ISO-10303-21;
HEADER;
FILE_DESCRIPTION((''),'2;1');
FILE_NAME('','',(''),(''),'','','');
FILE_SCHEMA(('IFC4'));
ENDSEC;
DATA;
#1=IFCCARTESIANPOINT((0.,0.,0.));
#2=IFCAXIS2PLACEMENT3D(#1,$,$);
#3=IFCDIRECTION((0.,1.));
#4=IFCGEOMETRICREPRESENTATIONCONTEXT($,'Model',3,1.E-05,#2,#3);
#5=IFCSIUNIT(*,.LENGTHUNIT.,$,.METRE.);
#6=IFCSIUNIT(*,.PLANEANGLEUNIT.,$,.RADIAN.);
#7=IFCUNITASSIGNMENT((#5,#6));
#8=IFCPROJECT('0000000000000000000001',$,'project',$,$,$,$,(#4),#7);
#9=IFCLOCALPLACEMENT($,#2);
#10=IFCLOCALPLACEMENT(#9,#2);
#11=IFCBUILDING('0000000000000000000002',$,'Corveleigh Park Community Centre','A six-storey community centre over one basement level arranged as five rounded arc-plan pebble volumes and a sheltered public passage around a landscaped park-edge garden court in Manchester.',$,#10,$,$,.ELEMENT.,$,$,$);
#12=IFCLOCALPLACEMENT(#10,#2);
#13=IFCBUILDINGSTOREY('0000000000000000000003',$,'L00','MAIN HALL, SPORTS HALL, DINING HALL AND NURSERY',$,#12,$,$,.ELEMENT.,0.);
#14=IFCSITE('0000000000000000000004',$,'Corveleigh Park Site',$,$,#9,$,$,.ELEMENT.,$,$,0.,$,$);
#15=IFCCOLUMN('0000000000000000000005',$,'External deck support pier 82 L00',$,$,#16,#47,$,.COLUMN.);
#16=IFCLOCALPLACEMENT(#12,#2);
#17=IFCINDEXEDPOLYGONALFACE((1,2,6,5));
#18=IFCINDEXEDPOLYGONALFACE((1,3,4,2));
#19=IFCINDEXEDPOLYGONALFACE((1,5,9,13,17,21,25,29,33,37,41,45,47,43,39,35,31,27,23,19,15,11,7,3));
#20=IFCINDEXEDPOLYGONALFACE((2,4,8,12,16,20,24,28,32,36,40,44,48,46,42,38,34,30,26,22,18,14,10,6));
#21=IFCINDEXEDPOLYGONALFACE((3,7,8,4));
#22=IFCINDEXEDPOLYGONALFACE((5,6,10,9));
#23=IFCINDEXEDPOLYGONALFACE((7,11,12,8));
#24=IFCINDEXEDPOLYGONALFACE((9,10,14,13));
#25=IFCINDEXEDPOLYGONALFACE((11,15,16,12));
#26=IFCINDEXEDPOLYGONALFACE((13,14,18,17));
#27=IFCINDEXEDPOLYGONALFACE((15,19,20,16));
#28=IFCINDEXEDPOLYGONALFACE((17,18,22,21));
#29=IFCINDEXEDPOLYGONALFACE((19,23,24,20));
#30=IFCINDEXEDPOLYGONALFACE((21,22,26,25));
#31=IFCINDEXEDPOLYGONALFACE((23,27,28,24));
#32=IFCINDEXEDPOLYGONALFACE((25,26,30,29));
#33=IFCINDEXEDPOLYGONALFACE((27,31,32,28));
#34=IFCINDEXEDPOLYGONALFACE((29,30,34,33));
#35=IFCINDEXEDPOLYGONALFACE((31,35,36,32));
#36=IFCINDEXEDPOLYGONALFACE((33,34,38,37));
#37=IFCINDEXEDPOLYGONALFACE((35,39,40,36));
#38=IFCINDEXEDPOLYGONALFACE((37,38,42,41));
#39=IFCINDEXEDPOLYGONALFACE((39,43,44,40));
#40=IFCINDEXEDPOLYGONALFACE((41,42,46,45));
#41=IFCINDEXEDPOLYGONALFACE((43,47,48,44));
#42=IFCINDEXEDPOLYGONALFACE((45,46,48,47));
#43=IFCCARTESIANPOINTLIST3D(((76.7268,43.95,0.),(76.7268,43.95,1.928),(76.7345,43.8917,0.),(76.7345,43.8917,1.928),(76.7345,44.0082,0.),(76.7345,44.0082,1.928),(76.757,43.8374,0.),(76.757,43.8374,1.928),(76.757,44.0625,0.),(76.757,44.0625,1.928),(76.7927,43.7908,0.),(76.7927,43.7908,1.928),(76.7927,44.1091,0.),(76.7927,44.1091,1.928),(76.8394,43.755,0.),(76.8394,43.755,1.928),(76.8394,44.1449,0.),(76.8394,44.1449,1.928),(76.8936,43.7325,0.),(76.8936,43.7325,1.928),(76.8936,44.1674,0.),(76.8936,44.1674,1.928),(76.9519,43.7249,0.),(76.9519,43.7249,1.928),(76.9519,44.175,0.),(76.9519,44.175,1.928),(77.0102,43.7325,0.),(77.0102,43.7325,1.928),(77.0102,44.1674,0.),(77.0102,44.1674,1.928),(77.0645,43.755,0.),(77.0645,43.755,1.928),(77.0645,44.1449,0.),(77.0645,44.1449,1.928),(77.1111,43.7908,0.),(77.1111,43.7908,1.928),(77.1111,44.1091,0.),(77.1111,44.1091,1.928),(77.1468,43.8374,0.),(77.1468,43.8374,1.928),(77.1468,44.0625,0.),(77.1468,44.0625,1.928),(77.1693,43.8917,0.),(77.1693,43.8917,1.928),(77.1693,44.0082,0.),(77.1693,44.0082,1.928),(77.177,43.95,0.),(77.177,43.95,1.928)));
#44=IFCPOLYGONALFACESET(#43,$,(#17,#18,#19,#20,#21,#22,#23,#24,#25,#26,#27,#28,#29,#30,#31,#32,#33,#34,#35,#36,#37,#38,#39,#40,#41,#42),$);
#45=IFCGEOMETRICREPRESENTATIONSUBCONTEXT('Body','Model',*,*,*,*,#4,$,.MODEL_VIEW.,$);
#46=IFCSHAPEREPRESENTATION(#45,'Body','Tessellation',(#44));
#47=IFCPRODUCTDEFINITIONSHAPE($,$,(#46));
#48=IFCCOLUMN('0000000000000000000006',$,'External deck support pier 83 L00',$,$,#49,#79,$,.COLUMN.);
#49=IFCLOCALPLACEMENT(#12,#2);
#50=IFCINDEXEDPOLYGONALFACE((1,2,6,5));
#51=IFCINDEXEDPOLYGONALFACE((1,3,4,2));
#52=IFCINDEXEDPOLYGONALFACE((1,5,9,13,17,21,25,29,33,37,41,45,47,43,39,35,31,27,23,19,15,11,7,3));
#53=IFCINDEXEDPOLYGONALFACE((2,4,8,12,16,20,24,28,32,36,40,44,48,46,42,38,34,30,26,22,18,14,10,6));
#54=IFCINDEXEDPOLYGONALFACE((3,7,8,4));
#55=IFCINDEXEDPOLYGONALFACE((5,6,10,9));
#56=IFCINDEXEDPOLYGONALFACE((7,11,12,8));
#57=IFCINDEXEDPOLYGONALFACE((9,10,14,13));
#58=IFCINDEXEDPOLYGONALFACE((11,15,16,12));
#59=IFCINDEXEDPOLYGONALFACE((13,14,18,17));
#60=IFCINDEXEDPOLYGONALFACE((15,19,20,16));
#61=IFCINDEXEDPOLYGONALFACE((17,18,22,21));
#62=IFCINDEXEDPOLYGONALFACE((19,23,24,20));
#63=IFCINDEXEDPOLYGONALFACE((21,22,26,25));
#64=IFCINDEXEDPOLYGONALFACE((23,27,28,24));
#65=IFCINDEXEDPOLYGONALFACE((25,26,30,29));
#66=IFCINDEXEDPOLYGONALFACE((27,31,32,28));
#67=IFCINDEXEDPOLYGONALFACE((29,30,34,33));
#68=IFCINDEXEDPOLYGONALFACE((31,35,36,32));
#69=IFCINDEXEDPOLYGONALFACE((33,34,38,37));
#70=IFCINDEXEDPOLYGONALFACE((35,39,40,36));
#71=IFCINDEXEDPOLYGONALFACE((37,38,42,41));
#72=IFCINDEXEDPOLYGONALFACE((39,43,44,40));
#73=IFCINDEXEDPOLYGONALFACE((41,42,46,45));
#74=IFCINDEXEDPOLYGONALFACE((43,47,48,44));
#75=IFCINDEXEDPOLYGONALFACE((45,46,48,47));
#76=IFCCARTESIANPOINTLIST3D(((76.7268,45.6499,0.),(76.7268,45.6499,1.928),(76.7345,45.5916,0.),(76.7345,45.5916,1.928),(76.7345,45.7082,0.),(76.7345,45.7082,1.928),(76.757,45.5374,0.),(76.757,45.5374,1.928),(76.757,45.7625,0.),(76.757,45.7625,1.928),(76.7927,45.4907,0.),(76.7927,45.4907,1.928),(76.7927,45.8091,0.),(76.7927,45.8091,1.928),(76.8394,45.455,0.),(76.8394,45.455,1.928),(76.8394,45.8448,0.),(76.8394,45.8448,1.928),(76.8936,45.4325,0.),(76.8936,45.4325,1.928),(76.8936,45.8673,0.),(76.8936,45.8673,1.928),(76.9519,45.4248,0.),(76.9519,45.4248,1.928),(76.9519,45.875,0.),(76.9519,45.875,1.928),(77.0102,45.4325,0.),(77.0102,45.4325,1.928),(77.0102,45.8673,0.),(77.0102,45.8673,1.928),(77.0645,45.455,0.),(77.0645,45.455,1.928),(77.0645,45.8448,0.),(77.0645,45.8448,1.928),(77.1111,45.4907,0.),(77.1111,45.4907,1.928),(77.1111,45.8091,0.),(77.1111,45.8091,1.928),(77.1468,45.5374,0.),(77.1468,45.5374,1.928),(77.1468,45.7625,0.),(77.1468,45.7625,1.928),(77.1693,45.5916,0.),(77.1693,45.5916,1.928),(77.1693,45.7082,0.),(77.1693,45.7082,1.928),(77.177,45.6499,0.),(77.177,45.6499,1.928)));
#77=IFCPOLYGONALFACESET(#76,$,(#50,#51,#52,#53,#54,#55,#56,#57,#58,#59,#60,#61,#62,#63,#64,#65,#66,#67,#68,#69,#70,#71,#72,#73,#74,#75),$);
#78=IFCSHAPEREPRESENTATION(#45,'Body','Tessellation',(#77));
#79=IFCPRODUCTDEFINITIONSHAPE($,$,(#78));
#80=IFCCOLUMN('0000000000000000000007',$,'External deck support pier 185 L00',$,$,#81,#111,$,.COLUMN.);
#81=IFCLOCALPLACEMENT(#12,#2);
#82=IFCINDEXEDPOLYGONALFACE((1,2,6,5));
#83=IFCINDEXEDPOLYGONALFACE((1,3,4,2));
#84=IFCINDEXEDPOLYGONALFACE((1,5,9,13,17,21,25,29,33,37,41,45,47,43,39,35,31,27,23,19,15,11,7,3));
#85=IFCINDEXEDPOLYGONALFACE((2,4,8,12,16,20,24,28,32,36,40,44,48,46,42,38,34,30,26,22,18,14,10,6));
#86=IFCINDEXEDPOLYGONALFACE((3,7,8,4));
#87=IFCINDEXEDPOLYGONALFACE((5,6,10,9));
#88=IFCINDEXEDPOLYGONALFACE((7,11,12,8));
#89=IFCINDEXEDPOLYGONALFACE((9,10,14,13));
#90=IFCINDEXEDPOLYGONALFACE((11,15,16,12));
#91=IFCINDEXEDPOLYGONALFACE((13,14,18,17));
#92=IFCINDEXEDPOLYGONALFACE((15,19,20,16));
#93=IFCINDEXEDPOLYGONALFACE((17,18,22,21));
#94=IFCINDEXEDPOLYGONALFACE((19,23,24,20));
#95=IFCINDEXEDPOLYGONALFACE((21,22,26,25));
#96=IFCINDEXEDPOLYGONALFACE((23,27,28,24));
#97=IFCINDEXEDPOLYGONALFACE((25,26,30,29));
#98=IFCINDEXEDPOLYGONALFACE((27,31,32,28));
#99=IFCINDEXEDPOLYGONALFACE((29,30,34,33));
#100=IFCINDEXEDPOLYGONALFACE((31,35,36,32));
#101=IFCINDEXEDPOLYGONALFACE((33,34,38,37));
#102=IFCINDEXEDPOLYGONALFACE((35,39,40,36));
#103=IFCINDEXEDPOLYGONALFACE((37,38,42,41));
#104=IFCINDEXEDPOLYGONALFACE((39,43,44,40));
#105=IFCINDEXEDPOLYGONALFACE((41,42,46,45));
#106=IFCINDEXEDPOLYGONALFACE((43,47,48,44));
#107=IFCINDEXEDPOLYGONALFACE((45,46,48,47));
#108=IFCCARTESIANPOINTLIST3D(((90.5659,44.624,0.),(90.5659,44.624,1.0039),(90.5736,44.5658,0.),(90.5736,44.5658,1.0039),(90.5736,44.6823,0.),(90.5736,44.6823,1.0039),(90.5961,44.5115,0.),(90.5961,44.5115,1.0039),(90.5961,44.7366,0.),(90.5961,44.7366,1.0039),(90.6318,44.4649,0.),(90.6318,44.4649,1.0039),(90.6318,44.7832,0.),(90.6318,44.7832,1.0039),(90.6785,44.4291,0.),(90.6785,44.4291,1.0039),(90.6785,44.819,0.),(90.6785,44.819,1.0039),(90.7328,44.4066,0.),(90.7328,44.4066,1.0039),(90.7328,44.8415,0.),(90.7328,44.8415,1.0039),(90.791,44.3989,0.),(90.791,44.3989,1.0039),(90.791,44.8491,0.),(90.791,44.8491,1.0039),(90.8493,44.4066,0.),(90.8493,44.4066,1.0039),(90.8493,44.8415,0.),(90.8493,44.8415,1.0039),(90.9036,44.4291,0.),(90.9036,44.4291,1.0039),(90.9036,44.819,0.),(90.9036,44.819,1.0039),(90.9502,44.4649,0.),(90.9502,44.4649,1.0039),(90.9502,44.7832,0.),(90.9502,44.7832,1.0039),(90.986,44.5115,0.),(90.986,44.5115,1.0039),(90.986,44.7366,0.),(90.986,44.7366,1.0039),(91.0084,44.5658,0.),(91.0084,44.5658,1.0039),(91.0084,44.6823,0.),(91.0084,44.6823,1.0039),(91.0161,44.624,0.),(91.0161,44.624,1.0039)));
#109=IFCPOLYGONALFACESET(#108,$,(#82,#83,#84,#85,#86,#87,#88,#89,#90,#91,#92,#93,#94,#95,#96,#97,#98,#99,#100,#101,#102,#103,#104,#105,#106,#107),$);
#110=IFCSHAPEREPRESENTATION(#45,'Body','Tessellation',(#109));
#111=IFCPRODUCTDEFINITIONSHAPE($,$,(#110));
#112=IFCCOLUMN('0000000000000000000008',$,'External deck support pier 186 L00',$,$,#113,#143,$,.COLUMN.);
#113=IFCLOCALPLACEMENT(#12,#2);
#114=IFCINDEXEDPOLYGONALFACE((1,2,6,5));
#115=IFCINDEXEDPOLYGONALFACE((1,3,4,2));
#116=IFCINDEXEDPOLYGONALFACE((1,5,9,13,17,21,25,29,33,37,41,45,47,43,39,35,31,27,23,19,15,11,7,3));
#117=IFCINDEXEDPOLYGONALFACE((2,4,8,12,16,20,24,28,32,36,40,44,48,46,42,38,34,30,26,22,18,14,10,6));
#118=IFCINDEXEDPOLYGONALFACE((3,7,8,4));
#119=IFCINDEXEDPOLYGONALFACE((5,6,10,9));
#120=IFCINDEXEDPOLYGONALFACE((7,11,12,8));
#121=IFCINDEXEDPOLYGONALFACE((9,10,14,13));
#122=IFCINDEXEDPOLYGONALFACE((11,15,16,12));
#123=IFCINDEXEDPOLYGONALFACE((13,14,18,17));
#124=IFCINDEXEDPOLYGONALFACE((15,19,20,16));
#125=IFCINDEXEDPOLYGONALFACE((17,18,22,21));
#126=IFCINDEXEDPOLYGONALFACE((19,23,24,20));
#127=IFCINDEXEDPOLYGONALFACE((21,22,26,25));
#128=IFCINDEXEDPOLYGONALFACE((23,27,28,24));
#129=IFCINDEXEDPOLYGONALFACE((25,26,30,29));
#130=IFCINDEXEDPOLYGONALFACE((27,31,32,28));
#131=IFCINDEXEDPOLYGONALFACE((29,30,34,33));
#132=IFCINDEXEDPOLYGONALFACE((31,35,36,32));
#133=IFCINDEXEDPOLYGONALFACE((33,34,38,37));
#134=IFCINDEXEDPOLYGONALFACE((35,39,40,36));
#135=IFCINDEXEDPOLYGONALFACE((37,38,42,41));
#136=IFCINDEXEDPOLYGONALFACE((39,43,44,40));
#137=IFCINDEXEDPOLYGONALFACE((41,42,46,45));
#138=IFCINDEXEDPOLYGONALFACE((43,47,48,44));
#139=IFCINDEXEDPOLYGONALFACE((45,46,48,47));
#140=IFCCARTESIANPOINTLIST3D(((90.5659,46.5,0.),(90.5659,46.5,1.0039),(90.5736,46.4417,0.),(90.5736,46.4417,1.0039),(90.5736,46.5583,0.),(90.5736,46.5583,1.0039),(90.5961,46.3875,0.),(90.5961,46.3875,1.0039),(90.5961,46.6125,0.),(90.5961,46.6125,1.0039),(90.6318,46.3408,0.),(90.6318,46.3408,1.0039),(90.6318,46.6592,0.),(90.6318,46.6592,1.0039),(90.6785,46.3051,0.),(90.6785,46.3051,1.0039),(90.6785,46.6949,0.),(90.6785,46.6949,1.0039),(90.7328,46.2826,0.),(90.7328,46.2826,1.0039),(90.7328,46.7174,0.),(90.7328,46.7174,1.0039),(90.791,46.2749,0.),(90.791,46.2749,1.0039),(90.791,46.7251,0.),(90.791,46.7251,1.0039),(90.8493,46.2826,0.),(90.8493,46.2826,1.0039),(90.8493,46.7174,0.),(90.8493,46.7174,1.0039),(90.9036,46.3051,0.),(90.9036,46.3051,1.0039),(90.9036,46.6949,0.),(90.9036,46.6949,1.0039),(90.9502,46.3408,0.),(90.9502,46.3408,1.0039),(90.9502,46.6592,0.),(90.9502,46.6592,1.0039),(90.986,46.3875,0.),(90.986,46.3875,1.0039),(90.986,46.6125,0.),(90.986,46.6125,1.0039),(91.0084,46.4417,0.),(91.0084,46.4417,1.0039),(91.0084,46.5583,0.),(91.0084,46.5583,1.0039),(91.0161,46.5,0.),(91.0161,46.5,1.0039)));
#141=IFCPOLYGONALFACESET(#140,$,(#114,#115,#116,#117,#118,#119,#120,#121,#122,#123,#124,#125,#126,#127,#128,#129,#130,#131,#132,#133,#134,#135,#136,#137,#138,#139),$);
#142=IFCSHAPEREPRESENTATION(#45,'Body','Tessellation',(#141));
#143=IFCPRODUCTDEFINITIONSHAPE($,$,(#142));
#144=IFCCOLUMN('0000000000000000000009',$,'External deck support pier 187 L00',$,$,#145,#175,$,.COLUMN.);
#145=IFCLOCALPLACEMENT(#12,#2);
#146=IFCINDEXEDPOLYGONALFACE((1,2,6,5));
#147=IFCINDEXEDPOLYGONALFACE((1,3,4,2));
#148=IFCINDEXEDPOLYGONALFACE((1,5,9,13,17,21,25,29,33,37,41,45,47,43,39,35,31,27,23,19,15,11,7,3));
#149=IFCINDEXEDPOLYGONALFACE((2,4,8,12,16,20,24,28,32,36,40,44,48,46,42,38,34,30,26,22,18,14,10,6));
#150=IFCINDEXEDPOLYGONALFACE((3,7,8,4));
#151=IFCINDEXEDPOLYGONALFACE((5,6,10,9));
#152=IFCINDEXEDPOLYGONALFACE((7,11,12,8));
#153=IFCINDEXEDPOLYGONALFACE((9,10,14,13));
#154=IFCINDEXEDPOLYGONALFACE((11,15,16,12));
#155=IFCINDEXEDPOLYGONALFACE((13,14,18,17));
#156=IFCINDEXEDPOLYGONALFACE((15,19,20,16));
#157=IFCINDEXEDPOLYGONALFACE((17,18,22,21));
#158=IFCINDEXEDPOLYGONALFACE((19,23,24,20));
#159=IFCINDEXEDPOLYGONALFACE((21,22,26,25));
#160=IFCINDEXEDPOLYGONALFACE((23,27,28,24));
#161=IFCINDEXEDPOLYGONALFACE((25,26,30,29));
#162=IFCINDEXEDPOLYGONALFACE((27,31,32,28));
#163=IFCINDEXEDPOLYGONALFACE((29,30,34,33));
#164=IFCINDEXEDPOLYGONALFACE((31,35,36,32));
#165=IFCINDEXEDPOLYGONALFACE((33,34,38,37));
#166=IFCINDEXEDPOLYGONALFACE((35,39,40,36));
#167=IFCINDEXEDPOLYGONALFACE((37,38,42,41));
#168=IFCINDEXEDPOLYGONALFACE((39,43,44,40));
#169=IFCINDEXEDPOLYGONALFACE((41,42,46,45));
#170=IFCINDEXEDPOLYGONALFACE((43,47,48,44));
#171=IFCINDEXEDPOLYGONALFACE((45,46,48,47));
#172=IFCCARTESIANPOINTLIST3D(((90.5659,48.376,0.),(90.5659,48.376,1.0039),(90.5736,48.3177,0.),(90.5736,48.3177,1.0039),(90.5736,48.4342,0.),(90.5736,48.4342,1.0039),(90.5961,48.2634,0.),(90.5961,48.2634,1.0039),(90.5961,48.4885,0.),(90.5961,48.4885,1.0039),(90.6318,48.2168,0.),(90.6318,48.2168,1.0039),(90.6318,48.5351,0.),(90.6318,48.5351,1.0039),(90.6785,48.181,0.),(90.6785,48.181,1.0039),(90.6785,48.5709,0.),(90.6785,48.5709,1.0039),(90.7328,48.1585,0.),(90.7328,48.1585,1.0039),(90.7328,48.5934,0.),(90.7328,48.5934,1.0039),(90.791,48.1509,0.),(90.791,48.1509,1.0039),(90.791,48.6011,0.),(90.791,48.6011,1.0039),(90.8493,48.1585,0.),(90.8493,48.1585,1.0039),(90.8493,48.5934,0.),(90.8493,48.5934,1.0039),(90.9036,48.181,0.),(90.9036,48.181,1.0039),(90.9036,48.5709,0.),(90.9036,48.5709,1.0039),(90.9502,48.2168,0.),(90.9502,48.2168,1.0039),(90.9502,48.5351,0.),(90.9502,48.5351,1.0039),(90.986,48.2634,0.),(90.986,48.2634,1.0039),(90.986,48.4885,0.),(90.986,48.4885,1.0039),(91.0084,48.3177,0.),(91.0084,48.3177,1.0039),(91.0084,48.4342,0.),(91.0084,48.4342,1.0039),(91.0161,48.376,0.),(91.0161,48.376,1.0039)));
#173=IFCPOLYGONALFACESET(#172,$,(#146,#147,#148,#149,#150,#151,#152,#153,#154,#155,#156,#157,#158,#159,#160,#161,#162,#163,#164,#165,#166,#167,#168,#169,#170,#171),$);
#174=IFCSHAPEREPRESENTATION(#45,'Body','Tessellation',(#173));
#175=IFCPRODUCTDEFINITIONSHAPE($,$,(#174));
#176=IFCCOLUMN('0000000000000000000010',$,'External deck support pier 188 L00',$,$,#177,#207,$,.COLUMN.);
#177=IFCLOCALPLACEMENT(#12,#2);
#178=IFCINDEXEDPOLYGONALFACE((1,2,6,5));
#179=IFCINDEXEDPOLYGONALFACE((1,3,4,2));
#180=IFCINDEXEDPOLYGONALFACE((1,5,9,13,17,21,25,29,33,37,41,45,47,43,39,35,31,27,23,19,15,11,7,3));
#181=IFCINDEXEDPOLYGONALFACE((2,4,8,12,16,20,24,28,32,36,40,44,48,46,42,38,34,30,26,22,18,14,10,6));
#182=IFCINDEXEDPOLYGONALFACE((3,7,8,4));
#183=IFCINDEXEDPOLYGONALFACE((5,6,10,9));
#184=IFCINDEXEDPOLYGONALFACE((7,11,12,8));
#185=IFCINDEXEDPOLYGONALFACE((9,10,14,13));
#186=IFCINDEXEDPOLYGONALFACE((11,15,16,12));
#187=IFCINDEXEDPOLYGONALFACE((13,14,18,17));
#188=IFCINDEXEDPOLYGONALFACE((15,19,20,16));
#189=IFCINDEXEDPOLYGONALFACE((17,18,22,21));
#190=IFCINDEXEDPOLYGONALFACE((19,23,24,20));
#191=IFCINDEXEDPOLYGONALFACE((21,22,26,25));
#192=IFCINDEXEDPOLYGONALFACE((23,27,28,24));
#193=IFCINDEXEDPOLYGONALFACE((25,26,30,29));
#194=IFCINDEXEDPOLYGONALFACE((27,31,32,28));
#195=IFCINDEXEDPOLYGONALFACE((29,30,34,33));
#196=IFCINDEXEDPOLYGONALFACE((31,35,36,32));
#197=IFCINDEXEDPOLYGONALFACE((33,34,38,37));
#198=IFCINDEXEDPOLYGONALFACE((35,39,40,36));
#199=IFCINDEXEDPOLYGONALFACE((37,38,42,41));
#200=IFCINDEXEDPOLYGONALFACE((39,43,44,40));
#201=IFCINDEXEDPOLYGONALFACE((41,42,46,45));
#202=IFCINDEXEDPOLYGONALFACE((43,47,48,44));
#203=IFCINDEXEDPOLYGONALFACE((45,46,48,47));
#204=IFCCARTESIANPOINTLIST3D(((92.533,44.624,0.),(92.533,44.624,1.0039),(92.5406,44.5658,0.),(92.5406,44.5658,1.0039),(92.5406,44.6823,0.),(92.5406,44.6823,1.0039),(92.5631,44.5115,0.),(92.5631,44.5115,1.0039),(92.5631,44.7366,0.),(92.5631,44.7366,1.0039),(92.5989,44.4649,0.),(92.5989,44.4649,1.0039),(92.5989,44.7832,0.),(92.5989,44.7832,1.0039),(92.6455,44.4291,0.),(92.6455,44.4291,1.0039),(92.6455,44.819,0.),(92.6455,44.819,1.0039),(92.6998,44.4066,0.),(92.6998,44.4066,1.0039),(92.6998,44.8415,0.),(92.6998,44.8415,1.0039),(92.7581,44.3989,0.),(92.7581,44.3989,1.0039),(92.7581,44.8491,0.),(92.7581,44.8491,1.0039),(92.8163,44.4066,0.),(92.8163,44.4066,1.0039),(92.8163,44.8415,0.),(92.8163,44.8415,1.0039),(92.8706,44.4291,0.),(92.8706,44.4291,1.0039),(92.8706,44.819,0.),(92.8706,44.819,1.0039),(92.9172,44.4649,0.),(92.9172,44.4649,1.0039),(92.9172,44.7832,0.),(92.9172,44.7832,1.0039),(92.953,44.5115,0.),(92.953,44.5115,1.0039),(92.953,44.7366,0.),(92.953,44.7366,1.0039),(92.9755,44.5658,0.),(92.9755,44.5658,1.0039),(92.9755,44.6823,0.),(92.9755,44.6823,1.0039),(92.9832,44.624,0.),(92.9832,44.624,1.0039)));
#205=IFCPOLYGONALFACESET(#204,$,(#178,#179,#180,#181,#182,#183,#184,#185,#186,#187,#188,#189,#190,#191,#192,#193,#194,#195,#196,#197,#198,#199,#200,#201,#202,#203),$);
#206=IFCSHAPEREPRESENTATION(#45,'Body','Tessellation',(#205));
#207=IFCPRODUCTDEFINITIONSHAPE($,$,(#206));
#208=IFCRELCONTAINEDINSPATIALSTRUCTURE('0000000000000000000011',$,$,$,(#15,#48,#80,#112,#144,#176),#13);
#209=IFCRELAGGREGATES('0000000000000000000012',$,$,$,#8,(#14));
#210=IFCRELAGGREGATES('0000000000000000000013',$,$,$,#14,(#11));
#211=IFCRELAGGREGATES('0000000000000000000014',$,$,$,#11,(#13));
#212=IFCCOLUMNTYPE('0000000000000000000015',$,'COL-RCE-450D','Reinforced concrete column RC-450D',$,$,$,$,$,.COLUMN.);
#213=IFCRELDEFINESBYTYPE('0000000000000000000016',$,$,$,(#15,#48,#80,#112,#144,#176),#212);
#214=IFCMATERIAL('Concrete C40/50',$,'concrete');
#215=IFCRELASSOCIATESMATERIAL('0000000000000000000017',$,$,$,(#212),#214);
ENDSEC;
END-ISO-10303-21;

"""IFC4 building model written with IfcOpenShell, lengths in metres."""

from ifc_helpers import new_model, si_unit, direction, frame, origin, origin_2d, place, context, subcontext, project, spatial, circle, extrude, material, material_profile, profile_set, type_object, element, save


model = new_model("IFC4")

# Units and contexts
model_context = context("Model", 3, precision=1e-05, world=origin(), true_north=direction((0.0, 1.0)))
body_context = subcontext(model_context, "Body", "Model", "MODEL_VIEW")
ifc_project = project(units=[si_unit("LENGTHUNIT", "METRE"), si_unit("PLANEANGLEUNIT", "RADIAN")], contexts=[model_context])

# Site, building, storey
site_placement = place(None, origin())
site = spatial("IfcSite", under=ifc_project, at=site_placement, Name="Corveleigh Park Site", CompositionType="ELEMENT", RefElevation=0.0)
building_placement = place(site_placement, origin())
building = spatial("IfcBuilding", under=site, at=building_placement, Name="Corveleigh Park Community Centre", Description="A six-storey community centre over one basement level arranged as five rounded arc-plan pebble volumes and a sheltered public passage around a landscaped park-edge garden court in Manchester.", CompositionType="ELEMENT")
storey_placement = place(building_placement, origin())
storey = spatial("IfcBuildingStorey", under=building, at=storey_placement, Name="L00", Description="MAIN HALL, SPORTS HALL, DINING HALL AND NURSERY", CompositionType="ELEMENT", Elevation=0.0)

# Columns
ifc_material_1 = material(Name="Concrete C40/50", Category="concrete")
ifc_material_profile_1 = material_profile(ifc_material_1, circle(Radius=0.2251, at=origin_2d()), Name="RC-450D", Category="concrete")
ifc_profile_set_1 = profile_set([ifc_material_profile_1], Name="Concrete C40/50")
column_type = type_object("IfcColumnType", Name="COL-RCE-450D", Description="Reinforced concrete column RC-450D", PredefinedType="COLUMN", material=ifc_profile_set_1)
for number, where, z_axis, x_axis, name in (
    (1, (76.9519, 43.95, 0.0), (0.0, 0.0, 1.0), (1.0, 0.0, 0.0), "External deck support pier 82 L00"),
    (2, (76.9519, 45.6499, 0.0), (0.0, 0.0, 1.0), (1.0, 0.0, 0.0), "External deck support pier 83 L00"),
):
    element("IfcColumn", number, at=place(storey_placement, frame(where, z_axis=z_axis, x_axis=x_axis)), inside=storey, type_object=column_type, Name=name, PredefinedType="COLUMN", context=body_context, shape_type="SweptSolid", body=[
        extrude(circle(Radius=0.2251, at=origin_2d()), origin(), (0.0, 0.0, 1.0), 1.928),
    ])
for number, where, z_axis, x_axis, name in (
    (3, (90.791, 44.624, 0.0), (0.0, 0.0, 1.0), (1.0, 0.0, 0.0), "External deck support pier 185 L00"),
    (4, (90.791, 46.5, 0.0), (0.0, 0.0, 1.0), (1.0, 0.0, 0.0), "External deck support pier 186 L00"),
    (5, (90.791, 48.376, 0.0), (0.0, 0.0, 1.0), (1.0, 0.0, 0.0), "External deck support pier 187 L00"),
    (6, (92.7581, 44.624, 0.0), (0.0, 0.0, 1.0), (1.0, 0.0, 0.0), "External deck support pier 188 L00"),
):
    element("IfcColumn", number, at=place(storey_placement, frame(where, z_axis=z_axis, x_axis=x_axis)), inside=storey, type_object=column_type, Name=name, PredefinedType="COLUMN", context=body_context, shape_type="SweptSolid", body=[
        extrude(circle(Radius=0.2251, at=origin_2d()), origin(), (0.0, 0.0, 1.0), 1.0039),
    ])

save(model, "model.ifc")
